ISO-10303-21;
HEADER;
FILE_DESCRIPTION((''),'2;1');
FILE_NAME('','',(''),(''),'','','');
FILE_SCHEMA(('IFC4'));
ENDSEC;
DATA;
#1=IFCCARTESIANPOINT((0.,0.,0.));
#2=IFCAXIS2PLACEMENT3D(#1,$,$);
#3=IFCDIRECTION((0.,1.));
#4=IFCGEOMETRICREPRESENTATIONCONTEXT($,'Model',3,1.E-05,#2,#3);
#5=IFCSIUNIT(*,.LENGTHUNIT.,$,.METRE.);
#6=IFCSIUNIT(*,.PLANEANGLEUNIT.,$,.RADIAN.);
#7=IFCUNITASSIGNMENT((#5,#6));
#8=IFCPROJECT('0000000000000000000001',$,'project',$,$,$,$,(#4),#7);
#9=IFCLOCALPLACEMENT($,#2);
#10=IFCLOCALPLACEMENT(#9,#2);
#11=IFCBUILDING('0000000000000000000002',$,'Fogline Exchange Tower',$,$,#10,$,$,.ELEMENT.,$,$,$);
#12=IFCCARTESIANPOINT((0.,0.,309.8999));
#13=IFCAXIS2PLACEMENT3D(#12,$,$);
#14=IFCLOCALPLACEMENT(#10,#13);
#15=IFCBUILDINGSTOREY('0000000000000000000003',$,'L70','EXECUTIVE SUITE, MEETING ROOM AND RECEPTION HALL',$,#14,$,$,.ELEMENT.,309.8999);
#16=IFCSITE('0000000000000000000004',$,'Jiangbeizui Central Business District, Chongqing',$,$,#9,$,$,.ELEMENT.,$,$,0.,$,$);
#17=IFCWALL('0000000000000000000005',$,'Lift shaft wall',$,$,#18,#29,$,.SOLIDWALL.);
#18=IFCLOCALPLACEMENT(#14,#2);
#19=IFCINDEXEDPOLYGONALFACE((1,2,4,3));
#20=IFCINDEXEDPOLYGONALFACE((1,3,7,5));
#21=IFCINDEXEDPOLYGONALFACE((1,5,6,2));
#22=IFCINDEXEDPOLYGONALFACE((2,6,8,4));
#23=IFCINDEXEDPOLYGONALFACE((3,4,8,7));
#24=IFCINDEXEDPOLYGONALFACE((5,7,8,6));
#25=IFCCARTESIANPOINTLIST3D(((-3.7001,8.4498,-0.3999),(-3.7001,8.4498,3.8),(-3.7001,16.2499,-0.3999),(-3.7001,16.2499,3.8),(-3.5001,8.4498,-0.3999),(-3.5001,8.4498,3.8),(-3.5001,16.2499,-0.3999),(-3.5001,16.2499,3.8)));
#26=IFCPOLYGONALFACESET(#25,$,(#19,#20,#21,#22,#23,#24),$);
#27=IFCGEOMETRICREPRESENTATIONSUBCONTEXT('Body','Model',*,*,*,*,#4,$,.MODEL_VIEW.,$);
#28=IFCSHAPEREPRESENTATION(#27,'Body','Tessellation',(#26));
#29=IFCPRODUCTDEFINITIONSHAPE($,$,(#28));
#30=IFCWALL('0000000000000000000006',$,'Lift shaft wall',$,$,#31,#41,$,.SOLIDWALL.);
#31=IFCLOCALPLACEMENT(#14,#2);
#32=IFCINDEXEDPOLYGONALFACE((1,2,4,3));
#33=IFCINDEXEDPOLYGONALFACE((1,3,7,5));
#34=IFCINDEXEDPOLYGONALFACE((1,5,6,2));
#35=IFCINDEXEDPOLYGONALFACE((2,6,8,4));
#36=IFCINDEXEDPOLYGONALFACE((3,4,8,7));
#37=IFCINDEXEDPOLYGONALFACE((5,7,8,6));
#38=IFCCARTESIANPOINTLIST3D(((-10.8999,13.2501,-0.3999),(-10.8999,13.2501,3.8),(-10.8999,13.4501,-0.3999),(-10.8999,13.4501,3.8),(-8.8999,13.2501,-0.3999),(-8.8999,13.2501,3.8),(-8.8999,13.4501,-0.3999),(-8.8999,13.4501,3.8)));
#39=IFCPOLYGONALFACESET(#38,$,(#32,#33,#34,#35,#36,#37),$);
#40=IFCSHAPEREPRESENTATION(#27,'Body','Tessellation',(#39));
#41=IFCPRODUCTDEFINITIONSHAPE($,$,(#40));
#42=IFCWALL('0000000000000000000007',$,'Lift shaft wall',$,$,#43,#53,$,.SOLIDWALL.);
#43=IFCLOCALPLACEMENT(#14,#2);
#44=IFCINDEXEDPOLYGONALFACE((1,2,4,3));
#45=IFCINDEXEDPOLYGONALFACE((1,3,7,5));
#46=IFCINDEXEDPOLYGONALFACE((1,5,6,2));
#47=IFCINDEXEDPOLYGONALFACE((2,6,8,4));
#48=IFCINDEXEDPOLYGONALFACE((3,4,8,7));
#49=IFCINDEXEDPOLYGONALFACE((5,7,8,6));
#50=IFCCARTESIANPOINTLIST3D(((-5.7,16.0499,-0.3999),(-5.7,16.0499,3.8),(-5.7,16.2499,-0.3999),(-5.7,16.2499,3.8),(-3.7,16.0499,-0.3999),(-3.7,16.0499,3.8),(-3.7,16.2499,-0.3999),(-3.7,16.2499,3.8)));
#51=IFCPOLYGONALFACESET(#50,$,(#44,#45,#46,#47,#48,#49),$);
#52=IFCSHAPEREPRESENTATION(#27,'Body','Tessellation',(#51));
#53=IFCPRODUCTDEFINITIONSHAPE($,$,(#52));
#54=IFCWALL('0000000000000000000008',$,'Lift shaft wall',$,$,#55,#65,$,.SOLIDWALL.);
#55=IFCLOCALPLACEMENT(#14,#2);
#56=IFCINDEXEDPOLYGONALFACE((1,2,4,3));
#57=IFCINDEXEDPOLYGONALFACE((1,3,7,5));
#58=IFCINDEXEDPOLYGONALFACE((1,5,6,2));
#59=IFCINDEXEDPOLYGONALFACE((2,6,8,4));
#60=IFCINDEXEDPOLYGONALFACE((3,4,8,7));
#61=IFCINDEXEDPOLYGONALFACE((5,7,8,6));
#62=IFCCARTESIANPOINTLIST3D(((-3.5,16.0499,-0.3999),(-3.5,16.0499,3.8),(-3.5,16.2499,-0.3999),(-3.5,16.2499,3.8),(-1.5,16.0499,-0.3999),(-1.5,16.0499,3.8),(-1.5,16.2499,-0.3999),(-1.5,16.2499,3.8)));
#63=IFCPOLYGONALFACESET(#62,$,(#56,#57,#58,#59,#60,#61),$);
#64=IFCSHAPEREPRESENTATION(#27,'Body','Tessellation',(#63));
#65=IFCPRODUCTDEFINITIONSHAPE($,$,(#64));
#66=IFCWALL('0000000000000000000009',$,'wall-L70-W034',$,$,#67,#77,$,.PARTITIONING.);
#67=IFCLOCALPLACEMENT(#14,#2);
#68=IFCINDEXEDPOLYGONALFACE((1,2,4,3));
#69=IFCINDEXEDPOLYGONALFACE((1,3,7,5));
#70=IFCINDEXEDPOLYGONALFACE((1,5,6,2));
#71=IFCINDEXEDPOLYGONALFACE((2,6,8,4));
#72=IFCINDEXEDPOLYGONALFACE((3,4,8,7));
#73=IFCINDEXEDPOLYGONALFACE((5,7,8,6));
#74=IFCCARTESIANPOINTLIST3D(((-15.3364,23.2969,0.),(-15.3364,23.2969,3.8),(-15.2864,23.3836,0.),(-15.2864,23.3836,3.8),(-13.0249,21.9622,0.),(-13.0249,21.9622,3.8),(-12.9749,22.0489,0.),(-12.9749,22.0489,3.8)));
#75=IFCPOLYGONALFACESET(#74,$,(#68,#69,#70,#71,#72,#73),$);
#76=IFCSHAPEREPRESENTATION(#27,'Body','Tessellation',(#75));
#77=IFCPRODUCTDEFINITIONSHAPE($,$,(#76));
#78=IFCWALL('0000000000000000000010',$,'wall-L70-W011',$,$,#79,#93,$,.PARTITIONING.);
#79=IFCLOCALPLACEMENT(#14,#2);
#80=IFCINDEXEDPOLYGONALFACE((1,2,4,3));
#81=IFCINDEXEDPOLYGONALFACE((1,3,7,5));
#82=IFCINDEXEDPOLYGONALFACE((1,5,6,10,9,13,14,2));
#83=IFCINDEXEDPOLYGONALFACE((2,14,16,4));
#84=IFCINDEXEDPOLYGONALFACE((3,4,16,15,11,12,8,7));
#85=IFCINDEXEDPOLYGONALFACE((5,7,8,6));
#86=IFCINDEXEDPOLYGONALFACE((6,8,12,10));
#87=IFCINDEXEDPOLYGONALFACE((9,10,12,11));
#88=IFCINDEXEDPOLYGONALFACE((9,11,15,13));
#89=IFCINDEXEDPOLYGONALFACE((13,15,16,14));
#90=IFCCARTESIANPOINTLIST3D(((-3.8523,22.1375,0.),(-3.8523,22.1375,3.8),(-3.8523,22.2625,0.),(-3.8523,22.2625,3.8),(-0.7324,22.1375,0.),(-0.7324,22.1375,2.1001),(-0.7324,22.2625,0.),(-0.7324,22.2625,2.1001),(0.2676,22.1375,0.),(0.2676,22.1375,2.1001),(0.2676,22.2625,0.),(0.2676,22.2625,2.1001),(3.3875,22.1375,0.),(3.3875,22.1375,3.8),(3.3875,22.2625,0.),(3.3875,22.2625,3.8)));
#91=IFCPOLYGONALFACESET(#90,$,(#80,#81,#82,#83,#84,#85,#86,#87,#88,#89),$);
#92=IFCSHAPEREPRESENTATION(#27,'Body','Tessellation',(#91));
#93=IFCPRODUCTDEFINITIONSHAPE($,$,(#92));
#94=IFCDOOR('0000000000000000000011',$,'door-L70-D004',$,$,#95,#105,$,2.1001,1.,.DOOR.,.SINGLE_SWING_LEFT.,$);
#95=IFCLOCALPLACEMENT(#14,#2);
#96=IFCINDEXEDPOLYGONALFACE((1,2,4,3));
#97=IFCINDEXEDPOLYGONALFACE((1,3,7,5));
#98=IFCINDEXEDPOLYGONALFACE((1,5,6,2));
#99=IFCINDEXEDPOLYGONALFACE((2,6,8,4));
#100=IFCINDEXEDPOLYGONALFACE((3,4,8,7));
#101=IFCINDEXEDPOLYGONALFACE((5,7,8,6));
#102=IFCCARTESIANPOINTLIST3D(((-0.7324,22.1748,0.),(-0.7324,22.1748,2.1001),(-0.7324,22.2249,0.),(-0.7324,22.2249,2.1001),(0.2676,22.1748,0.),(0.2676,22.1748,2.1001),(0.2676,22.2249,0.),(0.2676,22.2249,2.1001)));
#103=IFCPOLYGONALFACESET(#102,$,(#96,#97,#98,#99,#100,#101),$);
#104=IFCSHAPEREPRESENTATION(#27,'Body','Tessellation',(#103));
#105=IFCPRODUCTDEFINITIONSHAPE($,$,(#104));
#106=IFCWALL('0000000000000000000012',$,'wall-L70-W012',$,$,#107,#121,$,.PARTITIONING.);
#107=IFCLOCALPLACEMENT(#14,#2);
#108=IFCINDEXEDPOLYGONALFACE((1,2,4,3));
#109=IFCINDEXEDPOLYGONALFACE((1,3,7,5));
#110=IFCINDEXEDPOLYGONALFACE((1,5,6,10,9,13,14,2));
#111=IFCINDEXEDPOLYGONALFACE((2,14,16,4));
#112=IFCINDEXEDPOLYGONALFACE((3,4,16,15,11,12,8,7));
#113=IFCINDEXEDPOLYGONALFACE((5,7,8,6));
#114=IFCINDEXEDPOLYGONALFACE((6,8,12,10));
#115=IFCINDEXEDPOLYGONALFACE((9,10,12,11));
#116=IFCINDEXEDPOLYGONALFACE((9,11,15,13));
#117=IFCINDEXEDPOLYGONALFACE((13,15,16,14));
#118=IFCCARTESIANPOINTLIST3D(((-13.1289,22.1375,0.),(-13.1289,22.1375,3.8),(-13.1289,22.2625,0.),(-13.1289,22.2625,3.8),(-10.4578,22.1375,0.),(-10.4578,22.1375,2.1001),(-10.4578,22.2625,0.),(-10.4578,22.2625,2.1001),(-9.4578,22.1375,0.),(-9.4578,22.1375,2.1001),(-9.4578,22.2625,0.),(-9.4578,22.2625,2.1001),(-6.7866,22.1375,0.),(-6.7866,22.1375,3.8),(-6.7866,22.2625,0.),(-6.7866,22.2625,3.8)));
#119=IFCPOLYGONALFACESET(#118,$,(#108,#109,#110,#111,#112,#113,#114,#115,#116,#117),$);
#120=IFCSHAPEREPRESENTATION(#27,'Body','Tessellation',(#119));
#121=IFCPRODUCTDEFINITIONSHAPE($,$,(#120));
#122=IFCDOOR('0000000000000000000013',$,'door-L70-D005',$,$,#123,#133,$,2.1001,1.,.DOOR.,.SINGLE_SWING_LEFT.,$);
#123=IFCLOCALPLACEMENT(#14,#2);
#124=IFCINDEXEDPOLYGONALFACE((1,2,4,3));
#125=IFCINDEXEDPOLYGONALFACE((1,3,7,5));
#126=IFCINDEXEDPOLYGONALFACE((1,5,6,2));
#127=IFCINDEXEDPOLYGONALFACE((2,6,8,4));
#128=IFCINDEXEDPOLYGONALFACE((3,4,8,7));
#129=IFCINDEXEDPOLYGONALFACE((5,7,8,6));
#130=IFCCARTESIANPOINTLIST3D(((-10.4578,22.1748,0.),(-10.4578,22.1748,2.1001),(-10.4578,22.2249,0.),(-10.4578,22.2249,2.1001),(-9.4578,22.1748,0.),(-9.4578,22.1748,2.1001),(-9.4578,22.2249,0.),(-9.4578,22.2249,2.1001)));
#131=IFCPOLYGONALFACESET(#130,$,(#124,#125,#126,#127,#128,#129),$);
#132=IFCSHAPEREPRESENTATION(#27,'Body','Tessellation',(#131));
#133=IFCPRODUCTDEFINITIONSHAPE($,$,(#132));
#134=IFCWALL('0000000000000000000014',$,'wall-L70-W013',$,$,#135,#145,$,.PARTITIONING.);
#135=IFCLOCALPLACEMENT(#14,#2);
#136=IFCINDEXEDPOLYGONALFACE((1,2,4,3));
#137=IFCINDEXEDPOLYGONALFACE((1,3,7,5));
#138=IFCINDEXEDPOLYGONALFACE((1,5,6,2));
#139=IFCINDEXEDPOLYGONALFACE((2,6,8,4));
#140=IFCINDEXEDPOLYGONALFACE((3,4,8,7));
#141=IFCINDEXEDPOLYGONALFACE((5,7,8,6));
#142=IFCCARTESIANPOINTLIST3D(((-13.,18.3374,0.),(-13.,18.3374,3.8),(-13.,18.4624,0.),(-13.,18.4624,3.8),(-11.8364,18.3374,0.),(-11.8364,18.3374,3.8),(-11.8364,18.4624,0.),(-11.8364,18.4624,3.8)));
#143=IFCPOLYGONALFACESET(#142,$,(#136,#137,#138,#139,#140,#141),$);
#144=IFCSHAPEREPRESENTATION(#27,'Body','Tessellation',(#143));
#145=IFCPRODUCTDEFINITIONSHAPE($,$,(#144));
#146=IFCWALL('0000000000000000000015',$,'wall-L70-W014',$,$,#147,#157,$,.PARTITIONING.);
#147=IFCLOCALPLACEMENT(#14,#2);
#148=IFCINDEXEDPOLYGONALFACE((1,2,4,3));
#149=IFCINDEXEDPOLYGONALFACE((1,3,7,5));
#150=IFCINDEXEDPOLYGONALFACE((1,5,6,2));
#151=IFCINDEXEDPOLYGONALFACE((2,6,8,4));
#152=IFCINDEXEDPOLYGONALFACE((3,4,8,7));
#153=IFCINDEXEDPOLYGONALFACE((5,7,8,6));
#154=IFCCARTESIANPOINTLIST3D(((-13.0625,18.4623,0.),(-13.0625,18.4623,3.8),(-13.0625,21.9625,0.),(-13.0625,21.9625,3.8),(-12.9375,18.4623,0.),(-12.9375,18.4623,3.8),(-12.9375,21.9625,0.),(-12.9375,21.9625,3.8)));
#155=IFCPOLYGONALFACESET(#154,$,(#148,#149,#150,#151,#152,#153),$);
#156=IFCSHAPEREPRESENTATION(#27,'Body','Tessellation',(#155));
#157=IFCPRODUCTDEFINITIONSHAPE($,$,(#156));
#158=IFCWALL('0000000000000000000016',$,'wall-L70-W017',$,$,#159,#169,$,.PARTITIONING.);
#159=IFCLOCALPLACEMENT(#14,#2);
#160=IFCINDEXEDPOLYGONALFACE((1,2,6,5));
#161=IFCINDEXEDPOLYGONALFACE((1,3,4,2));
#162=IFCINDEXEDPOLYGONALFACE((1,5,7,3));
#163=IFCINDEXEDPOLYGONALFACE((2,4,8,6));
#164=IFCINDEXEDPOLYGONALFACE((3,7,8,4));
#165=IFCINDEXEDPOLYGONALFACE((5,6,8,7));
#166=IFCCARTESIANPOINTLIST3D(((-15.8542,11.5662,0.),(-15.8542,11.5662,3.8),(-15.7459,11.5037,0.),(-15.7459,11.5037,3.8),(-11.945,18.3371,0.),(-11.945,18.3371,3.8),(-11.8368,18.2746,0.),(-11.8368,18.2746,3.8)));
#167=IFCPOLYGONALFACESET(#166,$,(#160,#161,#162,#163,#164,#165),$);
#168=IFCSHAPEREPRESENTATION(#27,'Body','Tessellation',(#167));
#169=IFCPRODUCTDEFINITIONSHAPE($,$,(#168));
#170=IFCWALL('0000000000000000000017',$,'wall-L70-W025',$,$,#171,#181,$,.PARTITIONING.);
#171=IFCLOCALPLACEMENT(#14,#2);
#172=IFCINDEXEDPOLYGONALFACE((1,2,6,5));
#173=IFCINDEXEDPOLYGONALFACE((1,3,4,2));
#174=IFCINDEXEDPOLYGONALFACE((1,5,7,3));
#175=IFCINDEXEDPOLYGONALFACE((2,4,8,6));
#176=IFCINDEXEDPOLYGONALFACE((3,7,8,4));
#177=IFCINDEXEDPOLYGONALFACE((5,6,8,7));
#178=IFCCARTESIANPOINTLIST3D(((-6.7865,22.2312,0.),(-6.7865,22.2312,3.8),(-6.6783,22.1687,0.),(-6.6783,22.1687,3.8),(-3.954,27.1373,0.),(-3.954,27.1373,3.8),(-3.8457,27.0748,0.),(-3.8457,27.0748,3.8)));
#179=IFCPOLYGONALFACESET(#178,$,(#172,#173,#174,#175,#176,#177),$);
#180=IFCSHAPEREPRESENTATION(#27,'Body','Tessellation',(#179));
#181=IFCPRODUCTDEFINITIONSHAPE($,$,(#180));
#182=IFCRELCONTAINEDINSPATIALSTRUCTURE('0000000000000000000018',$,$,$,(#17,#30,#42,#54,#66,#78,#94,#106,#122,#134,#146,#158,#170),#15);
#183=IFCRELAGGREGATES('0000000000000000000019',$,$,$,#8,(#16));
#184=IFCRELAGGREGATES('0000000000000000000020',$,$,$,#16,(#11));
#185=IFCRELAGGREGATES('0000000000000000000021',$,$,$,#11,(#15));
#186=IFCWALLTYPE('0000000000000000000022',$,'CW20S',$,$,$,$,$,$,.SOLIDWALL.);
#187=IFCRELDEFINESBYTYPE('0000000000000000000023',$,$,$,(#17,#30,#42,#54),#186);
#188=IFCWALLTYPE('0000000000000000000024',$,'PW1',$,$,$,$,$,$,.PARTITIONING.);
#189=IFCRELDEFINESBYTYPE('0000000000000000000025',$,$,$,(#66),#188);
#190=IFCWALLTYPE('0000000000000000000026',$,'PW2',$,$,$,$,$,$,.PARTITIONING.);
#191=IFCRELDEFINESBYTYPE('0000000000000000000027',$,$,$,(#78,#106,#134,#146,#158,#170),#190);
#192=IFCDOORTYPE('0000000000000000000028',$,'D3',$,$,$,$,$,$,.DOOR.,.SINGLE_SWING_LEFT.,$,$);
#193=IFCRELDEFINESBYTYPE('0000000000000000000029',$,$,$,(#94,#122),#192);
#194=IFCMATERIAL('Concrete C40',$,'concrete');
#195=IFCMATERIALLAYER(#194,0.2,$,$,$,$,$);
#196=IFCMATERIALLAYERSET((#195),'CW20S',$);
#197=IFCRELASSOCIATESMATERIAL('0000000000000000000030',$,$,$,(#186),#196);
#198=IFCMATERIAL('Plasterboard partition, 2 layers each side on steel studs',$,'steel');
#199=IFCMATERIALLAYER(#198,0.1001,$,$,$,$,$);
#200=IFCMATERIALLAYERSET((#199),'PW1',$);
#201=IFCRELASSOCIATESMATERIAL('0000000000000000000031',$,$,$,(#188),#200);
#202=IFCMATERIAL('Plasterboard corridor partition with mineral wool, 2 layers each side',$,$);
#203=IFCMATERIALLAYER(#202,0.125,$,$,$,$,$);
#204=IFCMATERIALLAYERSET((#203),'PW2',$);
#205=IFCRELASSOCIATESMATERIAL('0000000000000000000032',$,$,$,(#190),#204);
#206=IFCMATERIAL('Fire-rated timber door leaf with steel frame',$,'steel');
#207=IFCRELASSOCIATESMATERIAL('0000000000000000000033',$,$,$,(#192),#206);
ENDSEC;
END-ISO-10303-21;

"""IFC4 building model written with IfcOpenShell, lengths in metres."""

from ifc_helpers import new_model, si_unit, direction, frame, frame_2d, origin, place, context, subcontext, project, spatial, rectangle, extrude, material, layer, layer_set, type_object, element, fill, save


model = new_model("IFC4")

# Units and contexts
model_context = context("Model", 3, precision=1e-05, world=origin(), true_north=direction((0.0, 1.0)))
body_context = subcontext(model_context, "Body", "Model", "MODEL_VIEW")
ifc_project = project(units=[si_unit("LENGTHUNIT", "METRE"), si_unit("PLANEANGLEUNIT", "RADIAN")], contexts=[model_context])

# Site, building, storey
site_placement = place(None, origin())
site = spatial("IfcSite", under=ifc_project, at=site_placement, Name="Jiangbeizui Central Business District, Chongqing", CompositionType="ELEMENT", RefElevation=0.0)
building_placement = place(site_placement, origin())
building = spatial("IfcBuilding", under=site, at=building_placement, Name="Fogline Exchange Tower", CompositionType="ELEMENT")
storey_placement = place(building_placement, frame((0.0, 0.0, 309.8999)))
storey = spatial("IfcBuildingStorey", under=building, at=storey_placement, Name="L70", Description="EXECUTIVE SUITE, MEETING ROOM AND RECEPTION HALL", CompositionType="ELEMENT", Elevation=309.8999)

# Shared definitions
ifc_material_1 = material(Name="Concrete C40", Category="concrete")

# Walls
ifc_layer_1 = layer(ifc_material_1, 0.2)
ifc_layer_set_1 = layer_set([ifc_layer_1], Name="CW20S")
wall_type_1 = type_object("IfcWallType", Name="CW20S", PredefinedType="SOLIDWALL", material=ifc_layer_set_1)
wall_1_placement = place(storey_placement, frame((-3.6001, 8.45, -0.3999), z_axis=(0.0, 0.0, 1.0), x_axis=(0.0, 1.0, 0.0)))
element("IfcWall", 1, at=wall_1_placement, inside=storey, type_object=wall_type_1, Name="Lift shaft wall", PredefinedType="SOLIDWALL", context=body_context, shape_type="SweptSolid", body=[
    extrude(rectangle(XDim=7.8, YDim=0.2, at=frame_2d((3.8999, 0.0))), origin(), (0.0, 0.0, 1.0), 4.2),
])
for number, where, z_axis, x_axis, name in (
    (2, (-10.8999, 13.3501, -0.3999), (0.0, 0.0, 1.0), (1.0, 0.0, 0.0), "Lift shaft wall"),
    (3, (-5.7, 16.1499, -0.3999), (0.0, 0.0, 1.0), (1.0, 0.0, 0.0), "Lift shaft wall"),
    (4, (-3.5, 16.1499, -0.3999), (0.0, 0.0, 1.0), (1.0, 0.0, 0.0), "Lift shaft wall"),
):
    element("IfcWall", number, at=place(storey_placement, frame(where, z_axis=z_axis, x_axis=x_axis)), inside=storey, type_object=wall_type_1, Name=name, PredefinedType="SOLIDWALL", context=body_context, shape_type="SweptSolid", body=[
        extrude(rectangle(XDim=2.0, YDim=0.2, at=frame_2d((1.0, 0.0))), origin(), (0.0, 0.0, 1.0), 4.2),
    ])
ifc_material_2 = material(Name="Plasterboard partition, 2 layers each side on steel studs", Category="steel")
ifc_layer_2 = layer(ifc_material_2, 0.1001)
ifc_layer_set_2 = layer_set([ifc_layer_2], Name="PW1")
wall_type_2 = type_object("IfcWallType", Name="PW1", PredefinedType="PARTITIONING", material=ifc_layer_set_2)
wall_2_placement = place(storey_placement, frame((-13.0, 22.0056, 0.0), z_axis=(0.0, 0.0, 1.0), x_axis=(-0.866, 0.500044, 0.0)))
element("IfcWall", 5, at=wall_2_placement, inside=storey, type_object=wall_type_2, Name="wall-L70-W034", PredefinedType="PARTITIONING", context=body_context, shape_type="SweptSolid", body=[
    extrude(rectangle(XDim=2.6692, YDim=0.1001, at=frame_2d((1.3345, 0.0))), origin(), (0.0, 0.0, 1.0), 3.8),
])

# Walls, openings, doors
ifc_material_3 = material(Name="Plasterboard corridor partition with mineral wool, 2 layers each side")
ifc_layer_3 = layer(ifc_material_3, 0.125)
ifc_layer_set_3 = layer_set([ifc_layer_3], Name="PW2")
wall_type_3 = type_object("IfcWallType", Name="PW2", PredefinedType="PARTITIONING", material=ifc_layer_set_3)
wall_3_placement = place(storey_placement, frame((-3.8523, 22.2, 0.0), z_axis=(0.0, 0.0, 1.0), x_axis=(1.0, 0.0, 0.0)))
wall_3 = element("IfcWall", 6, at=wall_3_placement, inside=storey, type_object=wall_type_3, Name="wall-L70-W011", PredefinedType="PARTITIONING", context=body_context, shape_type="SweptSolid", body=[
    extrude(rectangle(XDim=7.2397, YDim=0.125, at=frame_2d((3.6199, 0.0))), origin(), (0.0, 0.0, 1.0), 3.8),
])
opening_1_placement = place(wall_3_placement, frame((3.1199, 0.0, 0.0)))
opening_1 = element("IfcOpeningElement", 7, at=opening_1_placement, cuts=wall_3, PredefinedType="OPENING", context=body_context, shape_type="SweptSolid", body=[
    extrude(rectangle(XDim=1.0, YDim=2.1001, at=frame_2d((0.5, 1.05))), frame((0.0, 0.0725, 0.0), z_axis=(0.0, -1.0, 0.0), x_axis=(1.0, 0.0, 0.0)), (0.0, 0.0, 1.0), 0.145),
])
ifc_material_4 = material(Name="Fire-rated timber door leaf with steel frame", Category="steel")
door_type_1 = type_object("IfcDoorType", Name="D3", OperationType="SINGLE_SWING_LEFT", PredefinedType="DOOR", material=ifc_material_4)
door_1_placement = place(opening_1_placement, origin())
door_1 = element("IfcDoor", 8, at=door_1_placement, inside=storey, type_object=door_type_1, Name="door-L70-D004", OperationType="SINGLE_SWING_LEFT", OverallHeight=2.1001, OverallWidth=1.0, PredefinedType="DOOR", context=body_context, shape_type="SweptSolid", body=[
    extrude(rectangle(XDim=1.0, YDim=2.1001, at=frame_2d((0.5, 1.05))), frame((0.0, 0.0249, 0.0), z_axis=(0.0, -1.0, 0.0), x_axis=(1.0, 0.0, 0.0)), (0.0, 0.0, 1.0), 0.05),
])
fill(opening_1, door_1)
wall_4_placement = place(storey_placement, frame((-13.1289, 22.2, 0.0), z_axis=(0.0, 0.0, 1.0), x_axis=(1.0, 0.0, 0.0)))
wall_4 = element("IfcWall", 9, at=wall_4_placement, inside=storey, type_object=wall_type_3, Name="wall-L70-W012", PredefinedType="PARTITIONING", context=body_context, shape_type="SweptSolid", body=[
    extrude(rectangle(XDim=6.3423, YDim=0.125, at=frame_2d((3.1711, 0.0))), origin(), (0.0, 0.0, 1.0), 3.8),
])
opening_2_placement = place(wall_4_placement, frame((2.6711, 0.0, 0.0)))
opening_2 = element("IfcOpeningElement", 10, at=opening_2_placement, cuts=wall_4, PredefinedType="OPENING", context=body_context, shape_type="SweptSolid", body=[
    extrude(rectangle(XDim=1.0, YDim=2.1001, at=frame_2d((0.5, 1.05))), frame((0.0, 0.0725, 0.0), z_axis=(0.0, -1.0, 0.0), x_axis=(1.0, 0.0, 0.0)), (0.0, 0.0, 1.0), 0.145),
])
door_2_placement = place(opening_2_placement, origin())
door_2 = element("IfcDoor", 11, at=door_2_placement, inside=storey, type_object=door_type_1, Name="door-L70-D005", OperationType="SINGLE_SWING_LEFT", OverallHeight=2.1001, OverallWidth=1.0, PredefinedType="DOOR", context=body_context, shape_type="SweptSolid", body=[
    extrude(rectangle(XDim=1.0, YDim=2.1001, at=frame_2d((0.5, 1.05))), frame((0.0, 0.0249, 0.0), z_axis=(0.0, -1.0, 0.0), x_axis=(1.0, 0.0, 0.0)), (0.0, 0.0, 1.0), 0.05),
])
fill(opening_2, door_2)

# Walls
wall_5_placement = place(storey_placement, frame((-11.8364, 18.3999, 0.0), z_axis=(0.0, 0.0, 1.0), x_axis=(-1.0, 0.0, 0.0)))
element("IfcWall", 12, at=wall_5_placement, inside=storey, type_object=wall_type_3, Name="wall-L70-W013", PredefinedType="PARTITIONING", context=body_context, shape_type="SweptSolid", body=[
    extrude(rectangle(XDim=1.1636, YDim=0.125, at=frame_2d((0.5818, 0.0))), origin(), (0.0, 0.0, 1.0), 3.8),
])
wall_6_placement = place(storey_placement, frame((-13.0, 18.4624, 0.0), z_axis=(0.0, 0.0, 1.0), x_axis=(0.0, 1.0, 0.0)))
element("IfcWall", 13, at=wall_6_placement, inside=storey, type_object=wall_type_3, Name="wall-L70-W014", PredefinedType="PARTITIONING", context=body_context, shape_type="SweptSolid", body=[
    extrude(rectangle(XDim=3.5002, YDim=0.125, at=frame_2d((1.75, 0.0))), origin(), (0.0, 0.0, 1.0), 3.8),
])
wall_7_placement = place(storey_placement, frame((-15.8, 11.5349, 0.0), z_axis=(0.0, 0.0, 1.0), x_axis=(0.499995, 0.866029, 0.0)))
element("IfcWall", 14, at=wall_7_placement, inside=storey, type_object=wall_type_3, Name="wall-L70-W017", PredefinedType="PARTITIONING", context=body_context, shape_type="SweptSolid", body=[
    extrude(rectangle(XDim=7.8184, YDim=0.125, at=frame_2d((3.9092, 0.0))), origin(), (0.0, 0.0, 1.0), 3.8),
])
wall_8_placement = place(storey_placement, frame((-6.7324, 22.2, 0.0), z_axis=(0.0, 0.0, 1.0), x_axis=(0.500005, 0.866023, 0.0)))
element("IfcWall", 15, at=wall_8_placement, inside=storey, type_object=wall_type_3, Name="wall-L70-W025", PredefinedType="PARTITIONING", context=body_context, shape_type="SweptSolid", body=[
    extrude(rectangle(XDim=5.665, YDim=0.125, at=frame_2d((2.8325, 0.0))), origin(), (0.0, 0.0, 1.0), 3.8),
])

save(model, "model.ifc")
